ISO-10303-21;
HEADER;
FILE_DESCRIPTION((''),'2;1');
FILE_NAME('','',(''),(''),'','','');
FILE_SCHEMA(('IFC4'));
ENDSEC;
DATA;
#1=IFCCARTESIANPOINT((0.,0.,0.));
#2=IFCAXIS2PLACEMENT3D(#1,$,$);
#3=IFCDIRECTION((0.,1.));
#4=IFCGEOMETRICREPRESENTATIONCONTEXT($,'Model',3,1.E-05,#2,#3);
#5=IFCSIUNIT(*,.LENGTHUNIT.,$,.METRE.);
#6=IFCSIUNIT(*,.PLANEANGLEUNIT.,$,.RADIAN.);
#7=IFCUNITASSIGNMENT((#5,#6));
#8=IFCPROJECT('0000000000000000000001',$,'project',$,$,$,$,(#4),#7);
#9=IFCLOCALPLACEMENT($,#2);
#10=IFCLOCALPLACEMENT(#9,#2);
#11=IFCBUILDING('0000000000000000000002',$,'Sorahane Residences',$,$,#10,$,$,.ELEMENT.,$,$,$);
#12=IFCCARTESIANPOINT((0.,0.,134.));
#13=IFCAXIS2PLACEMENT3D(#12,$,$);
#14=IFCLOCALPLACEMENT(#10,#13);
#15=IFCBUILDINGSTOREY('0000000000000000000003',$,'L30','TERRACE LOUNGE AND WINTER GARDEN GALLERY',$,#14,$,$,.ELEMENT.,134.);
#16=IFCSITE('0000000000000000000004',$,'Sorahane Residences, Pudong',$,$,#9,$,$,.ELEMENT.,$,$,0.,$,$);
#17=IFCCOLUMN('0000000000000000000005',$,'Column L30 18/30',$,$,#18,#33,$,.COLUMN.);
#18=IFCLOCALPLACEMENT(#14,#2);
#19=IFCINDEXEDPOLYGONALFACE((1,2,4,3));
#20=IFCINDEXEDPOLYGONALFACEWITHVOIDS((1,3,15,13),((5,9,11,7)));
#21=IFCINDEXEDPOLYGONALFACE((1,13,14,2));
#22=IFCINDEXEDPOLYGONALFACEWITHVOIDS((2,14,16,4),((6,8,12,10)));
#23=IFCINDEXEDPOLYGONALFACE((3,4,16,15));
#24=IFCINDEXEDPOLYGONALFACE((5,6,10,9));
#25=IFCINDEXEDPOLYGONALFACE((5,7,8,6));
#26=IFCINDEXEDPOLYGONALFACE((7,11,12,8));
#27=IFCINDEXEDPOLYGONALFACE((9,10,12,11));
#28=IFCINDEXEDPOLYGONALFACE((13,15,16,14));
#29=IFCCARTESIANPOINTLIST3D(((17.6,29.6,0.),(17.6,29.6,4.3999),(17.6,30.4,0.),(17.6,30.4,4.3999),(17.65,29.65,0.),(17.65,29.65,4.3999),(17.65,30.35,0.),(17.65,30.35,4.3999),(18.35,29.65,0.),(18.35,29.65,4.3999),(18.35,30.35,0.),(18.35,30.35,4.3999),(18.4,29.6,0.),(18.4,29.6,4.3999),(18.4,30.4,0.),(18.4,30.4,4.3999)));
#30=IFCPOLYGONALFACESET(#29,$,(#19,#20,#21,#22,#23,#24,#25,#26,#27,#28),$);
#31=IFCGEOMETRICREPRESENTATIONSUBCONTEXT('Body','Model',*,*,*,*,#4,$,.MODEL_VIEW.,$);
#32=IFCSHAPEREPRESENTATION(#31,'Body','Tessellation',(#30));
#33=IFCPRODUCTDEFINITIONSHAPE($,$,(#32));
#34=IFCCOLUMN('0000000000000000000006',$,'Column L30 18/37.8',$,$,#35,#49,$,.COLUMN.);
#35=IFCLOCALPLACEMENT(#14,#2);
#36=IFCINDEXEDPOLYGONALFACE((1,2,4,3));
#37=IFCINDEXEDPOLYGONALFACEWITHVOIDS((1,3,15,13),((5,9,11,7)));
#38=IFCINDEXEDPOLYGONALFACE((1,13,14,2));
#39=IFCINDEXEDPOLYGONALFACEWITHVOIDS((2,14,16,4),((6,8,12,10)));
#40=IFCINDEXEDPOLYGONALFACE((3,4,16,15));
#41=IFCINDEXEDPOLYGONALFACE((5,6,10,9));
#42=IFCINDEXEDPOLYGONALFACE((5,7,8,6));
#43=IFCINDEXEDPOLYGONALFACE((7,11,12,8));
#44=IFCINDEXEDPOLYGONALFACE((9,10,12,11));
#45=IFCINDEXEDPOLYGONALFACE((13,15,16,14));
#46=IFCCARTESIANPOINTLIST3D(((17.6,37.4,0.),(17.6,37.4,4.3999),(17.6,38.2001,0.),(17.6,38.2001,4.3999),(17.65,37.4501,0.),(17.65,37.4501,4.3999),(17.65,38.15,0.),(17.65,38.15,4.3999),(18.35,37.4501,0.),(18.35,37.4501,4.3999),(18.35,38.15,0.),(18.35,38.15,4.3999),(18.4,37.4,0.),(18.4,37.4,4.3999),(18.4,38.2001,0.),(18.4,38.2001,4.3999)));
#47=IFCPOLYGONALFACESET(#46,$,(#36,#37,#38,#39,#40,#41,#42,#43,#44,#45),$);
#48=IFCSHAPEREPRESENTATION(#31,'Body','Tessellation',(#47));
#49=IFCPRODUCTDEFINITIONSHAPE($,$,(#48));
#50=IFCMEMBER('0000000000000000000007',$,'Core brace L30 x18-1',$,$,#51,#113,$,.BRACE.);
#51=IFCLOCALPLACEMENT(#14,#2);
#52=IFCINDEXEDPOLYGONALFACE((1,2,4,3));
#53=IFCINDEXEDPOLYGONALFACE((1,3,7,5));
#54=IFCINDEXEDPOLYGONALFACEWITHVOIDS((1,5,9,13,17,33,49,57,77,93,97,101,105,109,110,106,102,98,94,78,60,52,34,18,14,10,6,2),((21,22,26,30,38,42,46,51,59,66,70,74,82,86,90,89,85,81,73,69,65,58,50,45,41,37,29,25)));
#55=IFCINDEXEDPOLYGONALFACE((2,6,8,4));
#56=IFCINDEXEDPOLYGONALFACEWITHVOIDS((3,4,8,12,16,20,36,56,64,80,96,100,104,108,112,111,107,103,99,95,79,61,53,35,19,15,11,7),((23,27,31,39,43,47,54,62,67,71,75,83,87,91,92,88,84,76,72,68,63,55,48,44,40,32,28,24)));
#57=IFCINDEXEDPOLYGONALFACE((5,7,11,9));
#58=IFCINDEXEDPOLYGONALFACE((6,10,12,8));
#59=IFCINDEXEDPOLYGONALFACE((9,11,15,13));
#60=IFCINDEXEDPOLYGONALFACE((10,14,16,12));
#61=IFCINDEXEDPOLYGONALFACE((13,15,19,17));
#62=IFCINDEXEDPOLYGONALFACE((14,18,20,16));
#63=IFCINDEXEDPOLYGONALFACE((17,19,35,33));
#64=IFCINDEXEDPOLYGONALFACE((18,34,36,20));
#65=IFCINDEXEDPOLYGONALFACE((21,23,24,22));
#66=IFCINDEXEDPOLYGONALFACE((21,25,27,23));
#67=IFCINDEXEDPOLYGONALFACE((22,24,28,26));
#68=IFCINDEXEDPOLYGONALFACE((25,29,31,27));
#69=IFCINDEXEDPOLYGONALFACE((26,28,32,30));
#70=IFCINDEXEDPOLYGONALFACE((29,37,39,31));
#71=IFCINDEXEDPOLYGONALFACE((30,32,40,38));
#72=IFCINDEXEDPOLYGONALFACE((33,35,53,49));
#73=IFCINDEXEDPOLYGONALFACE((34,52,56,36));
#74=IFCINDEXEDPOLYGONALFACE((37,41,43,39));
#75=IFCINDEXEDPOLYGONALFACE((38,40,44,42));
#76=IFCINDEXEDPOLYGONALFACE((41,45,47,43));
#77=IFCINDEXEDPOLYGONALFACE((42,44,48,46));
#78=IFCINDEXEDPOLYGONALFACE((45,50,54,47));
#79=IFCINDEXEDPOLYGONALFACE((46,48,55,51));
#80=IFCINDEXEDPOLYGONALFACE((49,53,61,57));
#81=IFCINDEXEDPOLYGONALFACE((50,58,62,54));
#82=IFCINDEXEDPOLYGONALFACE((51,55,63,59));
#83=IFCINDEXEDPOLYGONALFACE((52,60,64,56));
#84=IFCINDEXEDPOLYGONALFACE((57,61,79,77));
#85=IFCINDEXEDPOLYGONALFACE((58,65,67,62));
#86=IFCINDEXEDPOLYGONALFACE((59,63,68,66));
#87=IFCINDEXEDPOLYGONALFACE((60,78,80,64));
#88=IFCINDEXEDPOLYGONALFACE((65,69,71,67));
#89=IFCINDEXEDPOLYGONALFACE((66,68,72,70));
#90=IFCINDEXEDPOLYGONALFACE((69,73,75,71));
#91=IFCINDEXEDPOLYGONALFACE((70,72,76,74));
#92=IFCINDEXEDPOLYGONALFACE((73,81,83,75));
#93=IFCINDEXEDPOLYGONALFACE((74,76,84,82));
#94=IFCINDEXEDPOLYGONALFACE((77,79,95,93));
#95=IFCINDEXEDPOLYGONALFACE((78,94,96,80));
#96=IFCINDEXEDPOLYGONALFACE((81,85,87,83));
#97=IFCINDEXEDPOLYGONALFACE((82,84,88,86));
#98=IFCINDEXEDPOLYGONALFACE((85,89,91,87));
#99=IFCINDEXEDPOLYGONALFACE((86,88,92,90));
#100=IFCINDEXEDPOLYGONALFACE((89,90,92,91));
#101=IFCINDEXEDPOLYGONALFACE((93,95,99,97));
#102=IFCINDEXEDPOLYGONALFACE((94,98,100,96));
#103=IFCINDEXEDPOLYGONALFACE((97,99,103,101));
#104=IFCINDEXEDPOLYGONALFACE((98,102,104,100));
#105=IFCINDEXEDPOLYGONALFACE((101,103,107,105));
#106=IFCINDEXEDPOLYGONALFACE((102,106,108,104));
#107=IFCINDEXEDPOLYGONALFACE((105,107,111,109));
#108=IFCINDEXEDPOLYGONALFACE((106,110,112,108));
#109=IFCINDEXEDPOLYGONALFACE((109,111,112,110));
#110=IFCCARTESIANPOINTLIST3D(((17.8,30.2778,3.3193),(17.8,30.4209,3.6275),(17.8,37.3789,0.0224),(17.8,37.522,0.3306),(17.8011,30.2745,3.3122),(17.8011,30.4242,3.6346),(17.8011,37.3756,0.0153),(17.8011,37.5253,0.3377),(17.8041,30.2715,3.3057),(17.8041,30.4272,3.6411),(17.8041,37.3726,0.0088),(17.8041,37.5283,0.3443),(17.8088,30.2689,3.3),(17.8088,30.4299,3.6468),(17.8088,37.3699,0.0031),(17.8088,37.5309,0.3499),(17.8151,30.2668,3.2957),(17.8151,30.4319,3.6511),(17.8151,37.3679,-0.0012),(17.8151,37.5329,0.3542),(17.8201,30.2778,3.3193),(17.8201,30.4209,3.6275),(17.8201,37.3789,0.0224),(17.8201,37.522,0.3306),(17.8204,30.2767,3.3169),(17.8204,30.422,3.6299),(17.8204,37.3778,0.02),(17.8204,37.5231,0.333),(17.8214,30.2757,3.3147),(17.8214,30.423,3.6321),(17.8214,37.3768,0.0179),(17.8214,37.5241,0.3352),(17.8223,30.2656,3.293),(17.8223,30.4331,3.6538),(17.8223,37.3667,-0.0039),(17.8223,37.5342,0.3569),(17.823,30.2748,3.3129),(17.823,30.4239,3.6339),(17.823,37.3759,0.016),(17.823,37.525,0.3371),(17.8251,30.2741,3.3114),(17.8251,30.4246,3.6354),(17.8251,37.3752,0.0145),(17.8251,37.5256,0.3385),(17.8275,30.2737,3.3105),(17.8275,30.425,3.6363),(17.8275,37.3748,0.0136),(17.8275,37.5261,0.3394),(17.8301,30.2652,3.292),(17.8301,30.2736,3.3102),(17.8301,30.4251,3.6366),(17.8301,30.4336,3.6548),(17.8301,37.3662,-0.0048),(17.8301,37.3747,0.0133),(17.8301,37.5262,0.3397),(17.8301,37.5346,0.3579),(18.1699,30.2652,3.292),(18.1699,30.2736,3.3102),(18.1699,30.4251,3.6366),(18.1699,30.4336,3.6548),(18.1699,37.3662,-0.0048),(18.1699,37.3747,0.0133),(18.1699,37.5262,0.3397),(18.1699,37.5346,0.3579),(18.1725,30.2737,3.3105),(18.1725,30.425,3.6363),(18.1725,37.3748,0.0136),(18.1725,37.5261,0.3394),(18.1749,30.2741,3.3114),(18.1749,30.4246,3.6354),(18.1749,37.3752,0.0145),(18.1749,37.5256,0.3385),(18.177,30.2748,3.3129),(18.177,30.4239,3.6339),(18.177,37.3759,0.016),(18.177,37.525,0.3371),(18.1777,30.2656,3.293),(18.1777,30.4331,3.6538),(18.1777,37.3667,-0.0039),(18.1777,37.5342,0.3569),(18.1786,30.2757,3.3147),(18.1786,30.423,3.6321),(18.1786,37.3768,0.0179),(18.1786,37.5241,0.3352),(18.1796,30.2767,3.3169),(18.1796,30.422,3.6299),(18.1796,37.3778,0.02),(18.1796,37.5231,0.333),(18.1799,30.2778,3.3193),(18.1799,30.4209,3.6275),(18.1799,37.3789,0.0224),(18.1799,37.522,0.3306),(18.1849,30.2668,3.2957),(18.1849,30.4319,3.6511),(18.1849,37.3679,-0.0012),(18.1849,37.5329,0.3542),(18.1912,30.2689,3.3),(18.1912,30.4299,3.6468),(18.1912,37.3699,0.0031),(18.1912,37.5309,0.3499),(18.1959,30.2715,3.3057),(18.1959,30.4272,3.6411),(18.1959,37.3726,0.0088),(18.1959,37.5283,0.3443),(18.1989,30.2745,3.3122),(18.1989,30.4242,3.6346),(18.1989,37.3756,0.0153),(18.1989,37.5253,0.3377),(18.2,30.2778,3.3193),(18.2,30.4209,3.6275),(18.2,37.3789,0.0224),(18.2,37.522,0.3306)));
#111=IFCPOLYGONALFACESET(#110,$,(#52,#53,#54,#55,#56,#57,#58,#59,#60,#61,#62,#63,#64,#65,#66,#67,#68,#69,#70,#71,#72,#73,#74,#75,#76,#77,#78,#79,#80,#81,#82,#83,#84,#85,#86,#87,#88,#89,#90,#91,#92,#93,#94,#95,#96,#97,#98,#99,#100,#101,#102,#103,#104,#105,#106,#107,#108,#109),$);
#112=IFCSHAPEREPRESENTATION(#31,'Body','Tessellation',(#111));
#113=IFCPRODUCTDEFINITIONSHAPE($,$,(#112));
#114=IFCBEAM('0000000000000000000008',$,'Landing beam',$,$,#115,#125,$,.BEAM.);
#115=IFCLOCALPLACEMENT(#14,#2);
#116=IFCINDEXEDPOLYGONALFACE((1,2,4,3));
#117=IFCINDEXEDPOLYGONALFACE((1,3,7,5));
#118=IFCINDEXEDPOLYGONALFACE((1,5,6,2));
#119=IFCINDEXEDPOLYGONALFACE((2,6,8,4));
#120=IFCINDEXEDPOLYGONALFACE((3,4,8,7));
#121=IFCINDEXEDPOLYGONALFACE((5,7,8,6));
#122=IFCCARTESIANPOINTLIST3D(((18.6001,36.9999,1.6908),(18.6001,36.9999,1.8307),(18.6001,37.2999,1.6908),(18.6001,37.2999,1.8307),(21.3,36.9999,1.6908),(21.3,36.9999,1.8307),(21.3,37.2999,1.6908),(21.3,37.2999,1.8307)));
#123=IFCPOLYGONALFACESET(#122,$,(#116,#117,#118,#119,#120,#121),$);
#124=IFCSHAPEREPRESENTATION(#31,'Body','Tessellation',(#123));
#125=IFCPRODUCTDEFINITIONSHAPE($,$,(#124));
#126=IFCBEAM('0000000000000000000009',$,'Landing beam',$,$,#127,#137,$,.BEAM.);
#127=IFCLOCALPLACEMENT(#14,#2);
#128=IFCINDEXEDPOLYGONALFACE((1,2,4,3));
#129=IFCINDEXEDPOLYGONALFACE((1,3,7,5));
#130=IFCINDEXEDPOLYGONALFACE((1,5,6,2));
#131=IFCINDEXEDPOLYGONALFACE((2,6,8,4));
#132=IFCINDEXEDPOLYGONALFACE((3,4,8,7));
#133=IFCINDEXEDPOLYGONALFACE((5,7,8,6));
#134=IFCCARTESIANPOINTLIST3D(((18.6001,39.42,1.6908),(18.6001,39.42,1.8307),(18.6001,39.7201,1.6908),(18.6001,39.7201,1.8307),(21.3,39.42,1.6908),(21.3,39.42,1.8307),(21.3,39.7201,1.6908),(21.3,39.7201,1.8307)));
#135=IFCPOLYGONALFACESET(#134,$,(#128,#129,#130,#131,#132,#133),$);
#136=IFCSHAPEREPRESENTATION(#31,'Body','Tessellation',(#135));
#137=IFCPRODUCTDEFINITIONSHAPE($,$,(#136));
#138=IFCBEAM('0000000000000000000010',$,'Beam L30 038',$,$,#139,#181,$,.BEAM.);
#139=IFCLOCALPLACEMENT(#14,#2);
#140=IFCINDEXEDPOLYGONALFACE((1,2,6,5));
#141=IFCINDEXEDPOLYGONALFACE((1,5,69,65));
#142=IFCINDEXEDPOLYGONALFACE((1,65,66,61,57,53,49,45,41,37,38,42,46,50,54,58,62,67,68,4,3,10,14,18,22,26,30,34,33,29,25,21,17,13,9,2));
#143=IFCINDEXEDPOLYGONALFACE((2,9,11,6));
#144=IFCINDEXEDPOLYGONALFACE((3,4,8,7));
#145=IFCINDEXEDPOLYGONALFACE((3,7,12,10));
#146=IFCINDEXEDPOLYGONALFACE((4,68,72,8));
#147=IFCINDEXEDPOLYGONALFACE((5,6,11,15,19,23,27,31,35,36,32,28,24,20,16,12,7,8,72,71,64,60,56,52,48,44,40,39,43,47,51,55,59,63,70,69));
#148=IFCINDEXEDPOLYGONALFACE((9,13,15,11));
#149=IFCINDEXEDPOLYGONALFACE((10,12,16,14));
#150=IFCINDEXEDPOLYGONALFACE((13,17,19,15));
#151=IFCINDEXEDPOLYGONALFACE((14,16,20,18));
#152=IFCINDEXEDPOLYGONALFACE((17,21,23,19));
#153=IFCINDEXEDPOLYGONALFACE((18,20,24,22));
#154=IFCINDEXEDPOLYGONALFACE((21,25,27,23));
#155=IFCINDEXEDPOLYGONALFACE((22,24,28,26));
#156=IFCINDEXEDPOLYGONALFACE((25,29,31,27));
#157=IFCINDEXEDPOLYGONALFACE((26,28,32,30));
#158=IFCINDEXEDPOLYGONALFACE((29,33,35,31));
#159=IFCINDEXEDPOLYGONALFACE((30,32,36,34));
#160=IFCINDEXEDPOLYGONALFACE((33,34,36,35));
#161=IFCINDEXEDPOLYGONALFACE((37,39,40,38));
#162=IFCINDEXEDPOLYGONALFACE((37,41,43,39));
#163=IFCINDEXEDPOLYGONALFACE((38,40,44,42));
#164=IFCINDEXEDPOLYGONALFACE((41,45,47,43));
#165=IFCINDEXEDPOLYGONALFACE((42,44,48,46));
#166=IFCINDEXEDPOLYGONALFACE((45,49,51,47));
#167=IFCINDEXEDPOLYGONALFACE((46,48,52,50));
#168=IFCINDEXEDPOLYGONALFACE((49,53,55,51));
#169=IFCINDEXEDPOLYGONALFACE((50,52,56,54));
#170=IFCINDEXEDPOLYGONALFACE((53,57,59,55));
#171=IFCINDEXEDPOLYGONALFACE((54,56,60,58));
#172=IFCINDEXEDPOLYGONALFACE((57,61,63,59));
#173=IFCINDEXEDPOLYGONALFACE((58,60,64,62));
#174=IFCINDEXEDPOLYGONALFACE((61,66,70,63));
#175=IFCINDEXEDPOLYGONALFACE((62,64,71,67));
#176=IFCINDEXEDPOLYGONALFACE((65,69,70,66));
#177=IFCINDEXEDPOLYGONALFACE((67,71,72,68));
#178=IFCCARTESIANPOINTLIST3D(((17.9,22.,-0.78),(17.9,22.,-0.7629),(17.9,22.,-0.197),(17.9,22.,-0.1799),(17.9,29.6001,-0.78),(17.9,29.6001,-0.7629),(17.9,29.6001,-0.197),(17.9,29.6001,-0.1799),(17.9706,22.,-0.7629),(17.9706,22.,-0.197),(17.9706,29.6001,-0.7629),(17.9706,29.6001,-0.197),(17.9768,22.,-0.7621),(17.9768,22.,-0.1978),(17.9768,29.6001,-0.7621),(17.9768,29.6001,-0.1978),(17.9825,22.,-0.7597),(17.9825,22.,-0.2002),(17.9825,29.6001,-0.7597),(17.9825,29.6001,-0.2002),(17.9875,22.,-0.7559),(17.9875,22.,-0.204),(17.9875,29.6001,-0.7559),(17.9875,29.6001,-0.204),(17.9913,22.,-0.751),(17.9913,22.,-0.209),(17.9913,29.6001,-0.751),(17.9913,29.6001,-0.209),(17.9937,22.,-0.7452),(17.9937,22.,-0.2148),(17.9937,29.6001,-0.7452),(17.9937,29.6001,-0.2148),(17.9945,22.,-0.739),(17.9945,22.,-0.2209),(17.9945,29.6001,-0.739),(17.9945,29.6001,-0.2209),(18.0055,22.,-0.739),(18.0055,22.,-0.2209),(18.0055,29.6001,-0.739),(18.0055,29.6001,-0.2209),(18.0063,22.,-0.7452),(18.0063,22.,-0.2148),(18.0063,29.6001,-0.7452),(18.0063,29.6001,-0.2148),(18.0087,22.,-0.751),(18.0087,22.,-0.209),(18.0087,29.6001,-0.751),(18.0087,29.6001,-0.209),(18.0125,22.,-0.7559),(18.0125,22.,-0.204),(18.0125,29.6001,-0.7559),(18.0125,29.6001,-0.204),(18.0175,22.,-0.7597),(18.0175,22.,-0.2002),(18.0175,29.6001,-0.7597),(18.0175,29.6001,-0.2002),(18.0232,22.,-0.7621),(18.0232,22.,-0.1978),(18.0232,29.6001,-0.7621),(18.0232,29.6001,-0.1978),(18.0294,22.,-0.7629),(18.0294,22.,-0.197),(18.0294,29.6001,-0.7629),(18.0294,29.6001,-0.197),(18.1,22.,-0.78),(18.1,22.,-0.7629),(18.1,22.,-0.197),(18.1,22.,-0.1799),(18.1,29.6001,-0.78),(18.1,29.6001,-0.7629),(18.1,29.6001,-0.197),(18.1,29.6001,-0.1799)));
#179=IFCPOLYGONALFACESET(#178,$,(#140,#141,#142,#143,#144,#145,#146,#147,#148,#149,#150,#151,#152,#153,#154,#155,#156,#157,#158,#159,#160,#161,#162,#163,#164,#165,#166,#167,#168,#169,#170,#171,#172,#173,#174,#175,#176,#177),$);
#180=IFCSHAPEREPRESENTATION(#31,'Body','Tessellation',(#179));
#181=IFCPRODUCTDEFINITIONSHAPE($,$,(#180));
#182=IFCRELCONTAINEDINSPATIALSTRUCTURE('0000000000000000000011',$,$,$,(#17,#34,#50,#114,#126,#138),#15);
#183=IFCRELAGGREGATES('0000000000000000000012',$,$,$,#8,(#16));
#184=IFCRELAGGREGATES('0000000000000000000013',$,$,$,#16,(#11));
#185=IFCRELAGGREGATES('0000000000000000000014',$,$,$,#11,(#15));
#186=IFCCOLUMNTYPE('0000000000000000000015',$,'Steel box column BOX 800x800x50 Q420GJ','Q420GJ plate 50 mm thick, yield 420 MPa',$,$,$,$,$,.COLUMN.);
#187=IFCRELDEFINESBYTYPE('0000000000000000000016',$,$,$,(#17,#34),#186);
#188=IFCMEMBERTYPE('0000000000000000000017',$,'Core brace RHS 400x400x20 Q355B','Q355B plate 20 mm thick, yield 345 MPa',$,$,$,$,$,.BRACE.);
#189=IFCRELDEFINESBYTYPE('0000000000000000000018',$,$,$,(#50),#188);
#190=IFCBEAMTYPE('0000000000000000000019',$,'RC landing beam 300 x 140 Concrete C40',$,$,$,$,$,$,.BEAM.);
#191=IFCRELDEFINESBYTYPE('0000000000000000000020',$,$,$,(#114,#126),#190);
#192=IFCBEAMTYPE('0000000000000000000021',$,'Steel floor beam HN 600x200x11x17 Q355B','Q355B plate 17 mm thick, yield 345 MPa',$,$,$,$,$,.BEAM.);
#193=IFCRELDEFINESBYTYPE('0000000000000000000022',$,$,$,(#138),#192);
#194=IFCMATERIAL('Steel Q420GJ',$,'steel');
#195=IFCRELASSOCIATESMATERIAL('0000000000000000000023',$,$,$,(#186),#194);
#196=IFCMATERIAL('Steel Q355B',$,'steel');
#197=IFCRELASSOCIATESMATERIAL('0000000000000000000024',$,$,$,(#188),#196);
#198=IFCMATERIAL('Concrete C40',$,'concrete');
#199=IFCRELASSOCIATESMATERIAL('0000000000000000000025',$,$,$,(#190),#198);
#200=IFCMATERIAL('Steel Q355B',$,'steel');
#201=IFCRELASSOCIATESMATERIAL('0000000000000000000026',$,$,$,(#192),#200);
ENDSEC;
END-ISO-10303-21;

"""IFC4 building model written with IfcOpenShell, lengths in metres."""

from ifc_helpers import new_model, si_unit, direction, frame, origin, origin_2d, place, context, subcontext, project, spatial, rectangle, hollow_rectangle, i_section, extrude, material, material_profile, profile_set, type_object, element, save


model = new_model("IFC4")

# Units and contexts
model_context = context("Model", 3, precision=1e-05, world=origin(), true_north=direction((0.0, 1.0)))
body_context = subcontext(model_context, "Body", "Model", "MODEL_VIEW")
ifc_project = project(units=[si_unit("LENGTHUNIT", "METRE"), si_unit("PLANEANGLEUNIT", "RADIAN")], contexts=[model_context])

# Site, building, storey
site_placement = place(None, origin())
site = spatial("IfcSite", under=ifc_project, at=site_placement, Name="Sorahane Residences, Pudong", CompositionType="ELEMENT", RefElevation=0.0)
building_placement = place(site_placement, origin())
building = spatial("IfcBuilding", under=site, at=building_placement, Name="Sorahane Residences", CompositionType="ELEMENT")
storey_placement = place(building_placement, frame((0.0, 0.0, 134.0)))
storey = spatial("IfcBuildingStorey", under=building, at=storey_placement, Name="L30", Description="TERRACE LOUNGE AND WINTER GARDEN GALLERY", CompositionType="ELEMENT", Elevation=134.0)

# Columns
ifc_material_1 = material(Name="Steel Q420GJ", Category="steel")
ifc_material_profile_1 = material_profile(ifc_material_1, hollow_rectangle(XDim=0.8, YDim=0.8, WallThickness=0.05, at=origin_2d()), Name="BOX 800x800x50")
ifc_profile_set_1 = profile_set([ifc_material_profile_1], Name="Steel Q420GJ")
column_type = type_object("IfcColumnType", Name="Steel box column BOX 800x800x50 Q420GJ", Description="Q420GJ plate 50 mm thick, yield 420 MPa", PredefinedType="COLUMN", material=ifc_profile_set_1)
for number, where, z_axis, x_axis, name in (
    (1, (18.0, 30.0, 0.0), (0.0, 0.0, 1.0), (1.0, 0.0, 0.0), "Column L30 18/30"),
    (2, (18.0, 37.8, 0.0), (0.0, 0.0, 1.0), (1.0, 0.0, 0.0), "Column L30 18/37.8"),
):
    element("IfcColumn", number, at=place(storey_placement, frame(where, z_axis=z_axis, x_axis=x_axis)), inside=storey, type_object=column_type, Name=name, PredefinedType="COLUMN", context=body_context, shape_type="SweptSolid", body=[
        extrude(hollow_rectangle(XDim=0.8, YDim=0.8, WallThickness=0.05, at=origin_2d()), origin(), (0.0, 0.0, 1.0), 4.3999),
    ])

# Member
ifc_material_2 = material(Name="Steel Q355B", Category="steel")
ifc_material_profile_2 = material_profile(ifc_material_2, hollow_rectangle(XDim=0.3999, YDim=0.3999, WallThickness=0.02, InnerFilletRadius=0.01, OuterFilletRadius=0.03, at=origin_2d()), Name="RHS 400x400x20")
ifc_profile_set_2 = profile_set([ifc_material_profile_2], Name="Steel Q355B")
member_type = type_object("IfcMemberType", Name="Core brace RHS 400x400x20 Q355B", Description="Q355B plate 20 mm thick, yield 345 MPa", PredefinedType="BRACE", material=ifc_profile_set_2)
member_placement = place(storey_placement, frame((18.0, 37.4504, 0.1765), z_axis=(0.0, -0.907012, 0.421106), x_axis=(1.0, 0.0, 0.0)))
element("IfcMember", 3, at=member_placement, inside=storey, type_object=member_type, Name="Core brace L30 x18-1", PredefinedType="BRACE", context=body_context, shape_type="SweptSolid", body=[
    extrude(hollow_rectangle(XDim=0.3999, YDim=0.3999, WallThickness=0.02, InnerFilletRadius=0.01, OuterFilletRadius=0.03, at=origin_2d()), origin(), (0.0, 0.0, 1.0), 7.8291),
])

# Beams
ifc_material_3 = material(Name="Concrete C40", Category="concrete")
ifc_material_profile_3 = material_profile(ifc_material_3, rectangle(XDim=0.3, YDim=0.1399, at=origin_2d()), Name="300x140")
ifc_profile_set_3 = profile_set([ifc_material_profile_3], Name="Concrete C40")
beam_type_1 = type_object("IfcBeamType", Name="RC landing beam 300 x 140 Concrete C40", PredefinedType="BEAM", material=ifc_profile_set_3)
for number, where, z_axis, x_axis, name in (
    (4, (18.6001, 37.1499, 1.7607), (1.0, 0.0, 0.0), (0.0, 1.0, 0.0), "Landing beam"),
    (5, (18.6001, 39.5701, 1.7607), (1.0, 0.0, 0.0), (0.0, 1.0, 0.0), "Landing beam"),
):
    element("IfcBeam", number, at=place(storey_placement, frame(where, z_axis=z_axis, x_axis=x_axis)), inside=storey, type_object=beam_type_1, Name=name, PredefinedType="BEAM", context=body_context, shape_type="SweptSolid", body=[
        extrude(rectangle(XDim=0.3, YDim=0.1399, at=origin_2d()), origin(), (0.0, 0.0, 1.0), 2.7),
    ])
ifc_material_4 = material(Name="Steel Q355B", Category="steel")
ifc_material_profile_4 = material_profile(ifc_material_4, i_section(OverallWidth=0.2, OverallDepth=0.6001, WebThickness=0.011, FlangeThickness=0.0171, FilletRadius=0.0239, at=origin_2d()), Name="HN 600x200x11x17")
ifc_profile_set_4 = profile_set([ifc_material_profile_4], Name="Steel Q355B")
beam_type_2 = type_object("IfcBeamType", Name="Steel floor beam HN 600x200x11x17 Q355B", Description="Q355B plate 17 mm thick, yield 345 MPa", PredefinedType="BEAM", material=ifc_profile_set_4)
beam_placement = place(storey_placement, frame((18.0, 22.0, -0.48), z_axis=(0.0, 1.0, 0.0), x_axis=(-1.0, 0.0, 0.0)))
element("IfcBeam", 6, at=beam_placement, inside=storey, type_object=beam_type_2, Name="Beam L30 038", PredefinedType="BEAM", context=body_context, shape_type="SweptSolid", body=[
    extrude(i_section(OverallWidth=0.2, OverallDepth=0.6001, WebThickness=0.011, FlangeThickness=0.0171, FilletRadius=0.0239, at=origin_2d()), origin(), (0.0, 0.0, 1.0), 7.6001),
])

save(model, "model.ifc")
